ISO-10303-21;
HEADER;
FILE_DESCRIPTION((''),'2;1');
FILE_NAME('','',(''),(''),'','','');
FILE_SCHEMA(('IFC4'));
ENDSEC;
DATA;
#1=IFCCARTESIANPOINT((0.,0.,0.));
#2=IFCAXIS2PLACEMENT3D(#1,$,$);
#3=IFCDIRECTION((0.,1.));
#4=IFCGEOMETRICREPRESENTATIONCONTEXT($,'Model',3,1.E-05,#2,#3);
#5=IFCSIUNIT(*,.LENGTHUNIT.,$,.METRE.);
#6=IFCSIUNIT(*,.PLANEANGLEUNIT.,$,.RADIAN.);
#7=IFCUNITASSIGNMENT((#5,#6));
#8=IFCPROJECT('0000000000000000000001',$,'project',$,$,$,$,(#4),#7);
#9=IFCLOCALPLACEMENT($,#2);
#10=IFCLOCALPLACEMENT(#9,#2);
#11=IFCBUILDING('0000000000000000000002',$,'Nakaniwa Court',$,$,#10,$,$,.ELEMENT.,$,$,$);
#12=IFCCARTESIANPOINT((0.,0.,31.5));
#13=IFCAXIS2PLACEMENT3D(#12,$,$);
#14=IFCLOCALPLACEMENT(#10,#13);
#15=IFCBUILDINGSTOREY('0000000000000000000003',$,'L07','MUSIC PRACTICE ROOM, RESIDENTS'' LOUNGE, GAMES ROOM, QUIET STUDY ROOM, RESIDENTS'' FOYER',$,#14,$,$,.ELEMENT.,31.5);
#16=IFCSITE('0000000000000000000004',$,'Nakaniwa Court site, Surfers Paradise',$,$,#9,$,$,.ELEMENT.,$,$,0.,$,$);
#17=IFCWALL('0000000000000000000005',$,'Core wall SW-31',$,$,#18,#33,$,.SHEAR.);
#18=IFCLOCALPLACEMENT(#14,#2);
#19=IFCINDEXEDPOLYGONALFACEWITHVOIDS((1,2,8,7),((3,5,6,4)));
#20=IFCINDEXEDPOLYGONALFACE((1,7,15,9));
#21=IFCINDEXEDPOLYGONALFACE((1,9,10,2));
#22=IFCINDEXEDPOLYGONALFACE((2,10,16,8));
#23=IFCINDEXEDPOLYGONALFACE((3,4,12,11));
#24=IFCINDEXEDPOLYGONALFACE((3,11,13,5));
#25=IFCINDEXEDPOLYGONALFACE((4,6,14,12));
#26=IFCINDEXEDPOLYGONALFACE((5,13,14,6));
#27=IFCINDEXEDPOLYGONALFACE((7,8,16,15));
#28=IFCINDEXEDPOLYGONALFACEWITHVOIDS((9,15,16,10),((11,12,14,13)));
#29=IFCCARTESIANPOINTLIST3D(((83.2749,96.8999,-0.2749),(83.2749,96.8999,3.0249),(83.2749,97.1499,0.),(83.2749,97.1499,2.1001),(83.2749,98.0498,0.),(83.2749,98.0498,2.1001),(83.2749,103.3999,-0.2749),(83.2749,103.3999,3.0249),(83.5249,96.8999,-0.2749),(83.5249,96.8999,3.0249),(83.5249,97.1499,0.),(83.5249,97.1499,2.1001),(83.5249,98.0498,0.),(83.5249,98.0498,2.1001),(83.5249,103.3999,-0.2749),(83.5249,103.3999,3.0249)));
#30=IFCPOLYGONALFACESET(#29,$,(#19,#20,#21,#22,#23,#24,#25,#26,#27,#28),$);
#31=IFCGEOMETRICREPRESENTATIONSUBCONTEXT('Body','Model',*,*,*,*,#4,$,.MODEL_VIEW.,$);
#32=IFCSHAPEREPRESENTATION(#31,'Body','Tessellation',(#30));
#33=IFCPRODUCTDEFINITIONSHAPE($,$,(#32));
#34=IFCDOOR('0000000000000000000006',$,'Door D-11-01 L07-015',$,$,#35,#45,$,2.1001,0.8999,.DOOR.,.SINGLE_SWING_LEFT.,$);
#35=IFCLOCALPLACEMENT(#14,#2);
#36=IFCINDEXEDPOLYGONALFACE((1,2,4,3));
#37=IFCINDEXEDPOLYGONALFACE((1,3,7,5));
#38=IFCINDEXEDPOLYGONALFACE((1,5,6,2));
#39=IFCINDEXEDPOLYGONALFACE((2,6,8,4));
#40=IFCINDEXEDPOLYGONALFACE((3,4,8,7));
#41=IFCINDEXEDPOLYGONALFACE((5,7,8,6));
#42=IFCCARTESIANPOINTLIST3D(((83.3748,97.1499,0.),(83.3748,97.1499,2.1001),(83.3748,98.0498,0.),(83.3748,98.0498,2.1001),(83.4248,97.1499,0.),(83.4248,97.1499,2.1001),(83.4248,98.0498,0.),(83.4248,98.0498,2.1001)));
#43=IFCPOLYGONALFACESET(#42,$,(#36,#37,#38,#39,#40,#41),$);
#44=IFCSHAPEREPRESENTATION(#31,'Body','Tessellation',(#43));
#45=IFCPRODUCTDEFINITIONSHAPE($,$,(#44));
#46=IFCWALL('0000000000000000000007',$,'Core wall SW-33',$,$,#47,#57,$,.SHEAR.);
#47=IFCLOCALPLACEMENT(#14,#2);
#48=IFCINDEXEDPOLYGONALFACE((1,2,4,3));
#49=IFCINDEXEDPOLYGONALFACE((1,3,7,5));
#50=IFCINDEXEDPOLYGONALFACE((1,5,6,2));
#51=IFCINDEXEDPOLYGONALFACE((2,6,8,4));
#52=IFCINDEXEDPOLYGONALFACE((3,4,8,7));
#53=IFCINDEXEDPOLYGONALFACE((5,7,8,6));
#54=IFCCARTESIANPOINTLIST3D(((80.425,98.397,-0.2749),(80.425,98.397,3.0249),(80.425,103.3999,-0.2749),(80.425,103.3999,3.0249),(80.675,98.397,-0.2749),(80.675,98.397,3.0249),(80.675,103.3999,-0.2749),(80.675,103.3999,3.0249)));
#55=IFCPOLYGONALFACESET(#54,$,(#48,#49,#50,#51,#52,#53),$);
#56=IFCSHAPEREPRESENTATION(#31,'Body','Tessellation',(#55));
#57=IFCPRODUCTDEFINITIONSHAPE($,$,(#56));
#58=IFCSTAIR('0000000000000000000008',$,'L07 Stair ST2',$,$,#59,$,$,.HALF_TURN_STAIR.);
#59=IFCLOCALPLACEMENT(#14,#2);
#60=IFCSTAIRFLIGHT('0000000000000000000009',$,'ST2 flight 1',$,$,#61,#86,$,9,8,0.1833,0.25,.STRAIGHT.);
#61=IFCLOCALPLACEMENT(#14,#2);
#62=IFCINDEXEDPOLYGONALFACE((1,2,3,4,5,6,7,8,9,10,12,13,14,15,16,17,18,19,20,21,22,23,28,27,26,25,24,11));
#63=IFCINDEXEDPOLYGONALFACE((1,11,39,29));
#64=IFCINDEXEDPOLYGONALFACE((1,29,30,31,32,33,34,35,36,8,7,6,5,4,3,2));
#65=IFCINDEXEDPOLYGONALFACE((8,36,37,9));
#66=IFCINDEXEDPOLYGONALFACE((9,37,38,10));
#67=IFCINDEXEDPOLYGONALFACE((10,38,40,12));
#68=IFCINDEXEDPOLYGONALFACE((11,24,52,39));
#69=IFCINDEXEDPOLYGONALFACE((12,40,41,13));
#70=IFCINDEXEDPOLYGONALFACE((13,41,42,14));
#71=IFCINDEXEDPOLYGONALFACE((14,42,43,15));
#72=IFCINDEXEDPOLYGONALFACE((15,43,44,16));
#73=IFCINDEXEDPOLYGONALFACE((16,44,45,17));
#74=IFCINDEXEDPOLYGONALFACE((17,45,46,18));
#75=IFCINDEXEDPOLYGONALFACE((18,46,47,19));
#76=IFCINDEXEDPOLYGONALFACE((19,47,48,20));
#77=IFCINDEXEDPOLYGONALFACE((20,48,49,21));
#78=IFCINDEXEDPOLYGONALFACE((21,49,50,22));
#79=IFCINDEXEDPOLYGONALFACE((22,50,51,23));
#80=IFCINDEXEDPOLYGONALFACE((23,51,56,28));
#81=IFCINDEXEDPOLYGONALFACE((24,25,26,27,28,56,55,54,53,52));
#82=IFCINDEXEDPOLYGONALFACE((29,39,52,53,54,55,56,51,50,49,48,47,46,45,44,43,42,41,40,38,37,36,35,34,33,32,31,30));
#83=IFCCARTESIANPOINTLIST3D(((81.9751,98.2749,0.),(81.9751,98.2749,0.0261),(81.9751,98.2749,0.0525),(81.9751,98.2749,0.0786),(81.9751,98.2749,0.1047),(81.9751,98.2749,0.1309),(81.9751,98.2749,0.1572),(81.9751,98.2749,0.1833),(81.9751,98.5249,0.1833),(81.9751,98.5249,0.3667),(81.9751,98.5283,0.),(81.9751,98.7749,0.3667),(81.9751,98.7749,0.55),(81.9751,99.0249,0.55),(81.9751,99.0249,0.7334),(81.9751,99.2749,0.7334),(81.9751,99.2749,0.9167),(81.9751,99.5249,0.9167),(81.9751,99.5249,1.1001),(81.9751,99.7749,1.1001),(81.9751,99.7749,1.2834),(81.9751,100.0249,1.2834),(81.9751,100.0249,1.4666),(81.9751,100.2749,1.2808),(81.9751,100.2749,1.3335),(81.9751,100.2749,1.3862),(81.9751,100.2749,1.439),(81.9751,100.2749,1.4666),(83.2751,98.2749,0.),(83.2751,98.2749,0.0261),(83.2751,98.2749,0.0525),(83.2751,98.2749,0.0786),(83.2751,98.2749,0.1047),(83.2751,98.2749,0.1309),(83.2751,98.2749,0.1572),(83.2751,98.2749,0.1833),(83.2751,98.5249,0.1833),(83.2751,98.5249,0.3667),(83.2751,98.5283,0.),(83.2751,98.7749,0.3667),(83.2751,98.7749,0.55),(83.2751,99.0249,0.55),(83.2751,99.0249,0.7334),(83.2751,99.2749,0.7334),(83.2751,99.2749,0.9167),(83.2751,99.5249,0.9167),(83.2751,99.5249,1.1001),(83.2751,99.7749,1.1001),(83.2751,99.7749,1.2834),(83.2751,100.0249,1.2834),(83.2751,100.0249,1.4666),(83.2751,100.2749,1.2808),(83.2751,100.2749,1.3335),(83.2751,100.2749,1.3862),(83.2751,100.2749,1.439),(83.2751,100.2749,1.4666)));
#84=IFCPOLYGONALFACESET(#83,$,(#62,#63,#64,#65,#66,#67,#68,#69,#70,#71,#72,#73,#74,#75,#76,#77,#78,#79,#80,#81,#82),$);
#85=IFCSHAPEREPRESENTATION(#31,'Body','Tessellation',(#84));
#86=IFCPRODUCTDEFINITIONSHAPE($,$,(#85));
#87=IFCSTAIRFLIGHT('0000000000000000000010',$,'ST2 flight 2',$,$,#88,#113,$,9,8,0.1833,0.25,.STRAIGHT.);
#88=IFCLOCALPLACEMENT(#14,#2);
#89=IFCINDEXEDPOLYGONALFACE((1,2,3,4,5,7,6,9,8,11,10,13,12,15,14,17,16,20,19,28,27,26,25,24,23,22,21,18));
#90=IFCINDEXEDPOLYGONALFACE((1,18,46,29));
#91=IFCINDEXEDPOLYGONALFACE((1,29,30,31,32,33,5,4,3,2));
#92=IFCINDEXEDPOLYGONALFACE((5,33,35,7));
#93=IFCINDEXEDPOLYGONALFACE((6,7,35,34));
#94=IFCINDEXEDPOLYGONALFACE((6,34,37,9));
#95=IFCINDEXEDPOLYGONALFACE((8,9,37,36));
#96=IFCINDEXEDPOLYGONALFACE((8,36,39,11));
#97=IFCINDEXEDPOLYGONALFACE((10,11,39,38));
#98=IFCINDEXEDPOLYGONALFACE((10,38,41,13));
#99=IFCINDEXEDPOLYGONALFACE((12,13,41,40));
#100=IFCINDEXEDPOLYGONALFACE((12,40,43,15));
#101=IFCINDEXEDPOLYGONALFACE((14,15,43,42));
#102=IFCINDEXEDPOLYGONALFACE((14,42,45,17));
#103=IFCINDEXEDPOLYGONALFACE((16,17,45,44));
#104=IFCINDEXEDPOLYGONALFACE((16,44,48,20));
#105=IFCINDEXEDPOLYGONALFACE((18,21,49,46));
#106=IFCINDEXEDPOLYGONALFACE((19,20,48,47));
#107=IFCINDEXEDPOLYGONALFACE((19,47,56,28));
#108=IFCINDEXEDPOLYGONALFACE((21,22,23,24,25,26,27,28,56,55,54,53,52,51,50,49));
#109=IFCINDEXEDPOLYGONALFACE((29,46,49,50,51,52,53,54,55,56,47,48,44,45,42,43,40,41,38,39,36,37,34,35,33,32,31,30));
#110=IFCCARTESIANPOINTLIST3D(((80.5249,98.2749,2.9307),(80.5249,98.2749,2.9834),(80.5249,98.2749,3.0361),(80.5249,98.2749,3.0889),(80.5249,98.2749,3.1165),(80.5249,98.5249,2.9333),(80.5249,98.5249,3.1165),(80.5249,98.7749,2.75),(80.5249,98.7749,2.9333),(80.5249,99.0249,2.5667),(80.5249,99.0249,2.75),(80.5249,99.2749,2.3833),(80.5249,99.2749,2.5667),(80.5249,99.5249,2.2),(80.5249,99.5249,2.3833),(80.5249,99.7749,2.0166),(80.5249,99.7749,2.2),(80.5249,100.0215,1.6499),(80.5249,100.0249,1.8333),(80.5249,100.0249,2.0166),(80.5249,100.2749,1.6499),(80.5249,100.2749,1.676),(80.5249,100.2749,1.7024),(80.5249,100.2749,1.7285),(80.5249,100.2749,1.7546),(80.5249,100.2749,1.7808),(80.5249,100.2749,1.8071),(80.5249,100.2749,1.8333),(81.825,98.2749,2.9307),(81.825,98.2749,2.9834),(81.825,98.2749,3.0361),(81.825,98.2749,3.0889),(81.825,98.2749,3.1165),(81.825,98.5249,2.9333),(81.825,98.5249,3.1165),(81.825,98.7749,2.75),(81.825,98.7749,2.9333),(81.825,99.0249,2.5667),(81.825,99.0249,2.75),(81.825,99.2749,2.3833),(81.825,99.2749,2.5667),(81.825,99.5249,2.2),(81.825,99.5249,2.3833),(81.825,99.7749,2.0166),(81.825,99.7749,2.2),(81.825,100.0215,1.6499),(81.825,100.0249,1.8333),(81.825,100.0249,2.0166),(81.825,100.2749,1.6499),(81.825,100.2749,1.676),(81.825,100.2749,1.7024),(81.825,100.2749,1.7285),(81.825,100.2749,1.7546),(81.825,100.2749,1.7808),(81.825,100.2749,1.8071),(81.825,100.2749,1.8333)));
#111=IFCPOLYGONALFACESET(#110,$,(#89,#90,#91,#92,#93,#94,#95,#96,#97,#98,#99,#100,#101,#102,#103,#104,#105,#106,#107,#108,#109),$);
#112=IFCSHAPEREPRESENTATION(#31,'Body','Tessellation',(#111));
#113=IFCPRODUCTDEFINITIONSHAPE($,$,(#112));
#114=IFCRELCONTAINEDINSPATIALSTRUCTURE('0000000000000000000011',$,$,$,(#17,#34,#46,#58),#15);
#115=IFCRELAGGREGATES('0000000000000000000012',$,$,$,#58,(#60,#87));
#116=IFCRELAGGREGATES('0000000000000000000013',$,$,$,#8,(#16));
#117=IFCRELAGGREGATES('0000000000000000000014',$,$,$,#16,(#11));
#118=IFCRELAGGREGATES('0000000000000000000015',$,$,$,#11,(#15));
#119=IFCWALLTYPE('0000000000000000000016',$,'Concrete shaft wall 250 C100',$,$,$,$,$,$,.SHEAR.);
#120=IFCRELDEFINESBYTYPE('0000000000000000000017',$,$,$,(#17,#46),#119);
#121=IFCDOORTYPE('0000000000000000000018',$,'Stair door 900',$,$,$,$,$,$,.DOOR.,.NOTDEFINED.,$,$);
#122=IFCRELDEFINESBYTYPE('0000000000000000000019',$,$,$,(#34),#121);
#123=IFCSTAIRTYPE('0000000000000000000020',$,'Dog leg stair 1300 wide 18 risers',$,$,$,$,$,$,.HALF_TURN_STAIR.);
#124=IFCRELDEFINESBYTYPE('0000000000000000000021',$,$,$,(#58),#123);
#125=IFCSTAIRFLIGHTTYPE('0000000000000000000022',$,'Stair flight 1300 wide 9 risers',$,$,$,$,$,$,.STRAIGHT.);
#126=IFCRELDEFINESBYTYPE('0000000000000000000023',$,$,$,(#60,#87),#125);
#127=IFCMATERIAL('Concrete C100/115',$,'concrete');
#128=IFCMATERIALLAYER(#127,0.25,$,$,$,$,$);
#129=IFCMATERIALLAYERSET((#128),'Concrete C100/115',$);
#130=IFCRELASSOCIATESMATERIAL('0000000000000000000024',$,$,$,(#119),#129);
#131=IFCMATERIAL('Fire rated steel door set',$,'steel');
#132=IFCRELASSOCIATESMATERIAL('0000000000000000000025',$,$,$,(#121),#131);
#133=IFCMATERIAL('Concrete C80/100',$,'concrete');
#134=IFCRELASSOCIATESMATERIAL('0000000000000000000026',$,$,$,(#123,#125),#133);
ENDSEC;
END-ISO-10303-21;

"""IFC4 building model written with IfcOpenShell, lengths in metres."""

from ifc_helpers import new_model, si_unit, direction, frame, frame_2d, origin, place, context, subcontext, project, spatial, polyline, rectangle, outline, extrude, material, layer, layer_set, type_object, element, fill, aggregate, save


model = new_model("IFC4")

# Units and contexts
model_context = context("Model", 3, precision=1e-05, world=origin(), true_north=direction((0.0, 1.0)))
body_context = subcontext(model_context, "Body", "Model", "MODEL_VIEW")
ifc_project = project(units=[si_unit("LENGTHUNIT", "METRE"), si_unit("PLANEANGLEUNIT", "RADIAN")], contexts=[model_context])

# Site, building, storey
site_placement = place(None, origin())
site = spatial("IfcSite", under=ifc_project, at=site_placement, Name="Nakaniwa Court site, Surfers Paradise", CompositionType="ELEMENT", RefElevation=0.0)
building_placement = place(site_placement, origin())
building = spatial("IfcBuilding", under=site, at=building_placement, Name="Nakaniwa Court", CompositionType="ELEMENT")
storey_placement = place(building_placement, frame((0.0, 0.0, 31.5)))
storey = spatial("IfcBuildingStorey", under=building, at=storey_placement, Name="L07", Description="MUSIC PRACTICE ROOM, RESIDENTS' LOUNGE, GAMES ROOM, QUIET STUDY ROOM, RESIDENTS' FOYER", CompositionType="ELEMENT", Elevation=31.5)

# Shared definitions
ifc_material_1 = material(Name="Concrete C80/100", Category="concrete")

# Shared definitions
ifc_material_2 = material(Name="Fire rated steel door set", Category="steel")

# Shared definitions
ifc_material_3 = material(Name="Concrete C100/115", Category="concrete")
ifc_layer_1 = layer(ifc_material_3, 0.25)
ifc_layer_set_1 = layer_set([ifc_layer_1], Name="Concrete C100/115")
wall_type_1 = type_object("IfcWallType", Name="Concrete shaft wall 250 C100", PredefinedType="SHEAR", material=ifc_layer_set_1)

# Wall, opening, door
wall_1_placement = place(storey_placement, frame((83.3999, 103.3999, -0.2749), z_axis=(0.0, 0.0, 1.0), x_axis=(0.0, -1.0, 0.0)))
wall_1 = element("IfcWall", 1, at=wall_1_placement, inside=storey, type_object=wall_type_1, Name="Core wall SW-31", PredefinedType="SHEAR", context=body_context, shape_type="SweptSolid", body=[
    extrude(rectangle(XDim=6.5, YDim=0.25, at=frame_2d((3.25, 0.0))), origin(), (0.0, 0.0, 1.0), 3.2998),
])
opening_1_placement = place(wall_1_placement, frame((5.3501, 0.0, 0.2749)))
opening_1 = element("IfcOpeningElement", 2, at=opening_1_placement, cuts=wall_1, PredefinedType="OPENING", context=body_context, shape_type="SweptSolid", body=[
    extrude(rectangle(XDim=0.8999, YDim=2.1001, at=frame_2d((0.45, 1.05))), frame((0.0, 0.135, 0.0), z_axis=(0.0, -1.0, 0.0), x_axis=(1.0, 0.0, 0.0)), (0.0, 0.0, 1.0), 0.27),
])
door_type_1 = type_object("IfcDoorType", Name="Stair door 900", OperationType="NOTDEFINED", PredefinedType="DOOR", material=ifc_material_2)
door_1_placement = place(opening_1_placement, origin())
door_1 = element("IfcDoor", 3, at=door_1_placement, inside=storey, type_object=door_type_1, Name="Door D-11-01 L07-015", OperationType="SINGLE_SWING_LEFT", OverallHeight=2.1001, OverallWidth=0.8999, PredefinedType="DOOR", context=body_context, shape_type="SweptSolid", body=[
    extrude(rectangle(XDim=0.8999, YDim=2.1001, at=frame_2d((0.45, 1.05))), frame((0.0, 0.0249, 0.0), z_axis=(0.0, -1.0, 0.0), x_axis=(1.0, 0.0, 0.0)), (0.0, 0.0, 1.0), 0.05),
])
fill(opening_1, door_1)

# Wall
wall_2_placement = place(storey_placement, frame((80.55, 98.397, -0.2749), z_axis=(0.0, 0.0, 1.0), x_axis=(0.0, 1.0, 0.0)))
element("IfcWall", 4, at=wall_2_placement, inside=storey, type_object=wall_type_1, Name="Core wall SW-33", PredefinedType="SHEAR", context=body_context, shape_type="SweptSolid", body=[
    extrude(rectangle(XDim=5.0029, YDim=0.25, at=frame_2d((2.5015, 0.0))), origin(), (0.0, 0.0, 1.0), 3.2998),
])

# Stair, stair flights
stair_type = type_object("IfcStairType", Name="Dog leg stair 1300 wide 18 risers", PredefinedType="HALF_TURN_STAIR", material=ifc_material_1)
stair_placement = place(storey_placement, origin())
stair = element("IfcStair", 5, at=stair_placement, inside=storey, type_object=stair_type, Name="L07 Stair ST2", PredefinedType="HALF_TURN_STAIR")
stair_flight_type = type_object("IfcStairFlightType", Name="Stair flight 1300 wide 9 risers", PredefinedType="STRAIGHT", material=ifc_material_1)
stair_flight_1_placement = place(storey_placement, frame((82.625, 98.2749, 0.0), z_axis=(0.0, 0.0, 1.0), x_axis=(0.0, 1.0, 0.0)))
stair_flight_1 = element("IfcStairFlight", 6, at=stair_flight_1_placement, type_object=stair_flight_type, Name="ST2 flight 1", NumberOfRisers=9, NumberOfTreads=8, PredefinedType="STRAIGHT", RiserHeight=0.1833, TreadLength=0.25, context=body_context, shape_type="SweptSolid", body=[
    extrude(outline(polyline([(0.0, 0.0), (0.0, 0.0261), (0.0, 0.0525), (0.0, 0.0786), (0.0, 0.1047), (0.0, 0.1309), (0.0, 0.1572), (0.0, 0.1833), (0.25, 0.1833), (0.25, 0.3667), (0.5, 0.3667), (0.5, 0.55), (0.75, 0.55), (0.75, 0.7334), (1.0, 0.7334), (1.0, 0.9167), (1.25, 0.9167), (1.25, 1.1001), (1.5, 1.1001), (1.5, 1.2834), (1.75, 1.2834), (1.75, 1.4666), (2.0, 1.4666), (2.0, 1.6499), (2.0, 1.5972), (2.0, 1.5444), (2.0, 1.4917), (2.0, 1.439), (2.0, 1.3862), (2.0, 1.3335), (2.0, 1.2808), (0.2534, 0.0), (0.0, 0.0)])), frame((0.0, 0.6499, 0.0), z_axis=(0.0, -1.0, 0.0), x_axis=(1.0, 0.0, 0.0)), (0.0, 0.0, 1.0), 1.3),
])
stair_flight_2_placement = place(storey_placement, frame((81.175, 100.2749, 1.6499), z_axis=(0.0, 0.0, 1.0), x_axis=(0.0, -1.0, 0.0)))
stair_flight_2 = element("IfcStairFlight", 7, at=stair_flight_2_placement, type_object=stair_flight_type, Name="ST2 flight 2", NumberOfRisers=9, NumberOfTreads=8, PredefinedType="STRAIGHT", RiserHeight=0.1833, TreadLength=0.25, context=body_context, shape_type="SweptSolid", body=[
    extrude(outline(polyline([(0.0, 0.0), (0.0, 0.0261), (0.0, 0.0525), (0.0, 0.0786), (0.0, 0.1047), (0.0, 0.1309), (0.0, 0.1572), (0.0, 0.1833), (0.25, 0.1833), (0.25, 0.3667), (0.5, 0.3667), (0.5, 0.55), (0.75, 0.55), (0.75, 0.7334), (1.0, 0.7334), (1.0, 0.9167), (1.25, 0.9167), (1.25, 1.1001), (1.5, 1.1001), (1.5, 1.2834), (1.75, 1.2834), (1.75, 1.4666), (2.0, 1.4666), (2.0, 1.6499), (2.0, 1.5972), (2.0, 1.5444), (2.0, 1.4917), (2.0, 1.439), (2.0, 1.3862), (2.0, 1.3335), (2.0, 1.2808), (0.2534, 0.0), (0.0, 0.0)])), frame((0.0, 0.6499, 0.0), z_axis=(0.0, -1.0, 0.0), x_axis=(1.0, 0.0, 0.0)), (0.0, 0.0, 1.0), 1.3),
])
aggregate(stair, [stair_flight_1, stair_flight_2])

save(model, "model.ifc")
